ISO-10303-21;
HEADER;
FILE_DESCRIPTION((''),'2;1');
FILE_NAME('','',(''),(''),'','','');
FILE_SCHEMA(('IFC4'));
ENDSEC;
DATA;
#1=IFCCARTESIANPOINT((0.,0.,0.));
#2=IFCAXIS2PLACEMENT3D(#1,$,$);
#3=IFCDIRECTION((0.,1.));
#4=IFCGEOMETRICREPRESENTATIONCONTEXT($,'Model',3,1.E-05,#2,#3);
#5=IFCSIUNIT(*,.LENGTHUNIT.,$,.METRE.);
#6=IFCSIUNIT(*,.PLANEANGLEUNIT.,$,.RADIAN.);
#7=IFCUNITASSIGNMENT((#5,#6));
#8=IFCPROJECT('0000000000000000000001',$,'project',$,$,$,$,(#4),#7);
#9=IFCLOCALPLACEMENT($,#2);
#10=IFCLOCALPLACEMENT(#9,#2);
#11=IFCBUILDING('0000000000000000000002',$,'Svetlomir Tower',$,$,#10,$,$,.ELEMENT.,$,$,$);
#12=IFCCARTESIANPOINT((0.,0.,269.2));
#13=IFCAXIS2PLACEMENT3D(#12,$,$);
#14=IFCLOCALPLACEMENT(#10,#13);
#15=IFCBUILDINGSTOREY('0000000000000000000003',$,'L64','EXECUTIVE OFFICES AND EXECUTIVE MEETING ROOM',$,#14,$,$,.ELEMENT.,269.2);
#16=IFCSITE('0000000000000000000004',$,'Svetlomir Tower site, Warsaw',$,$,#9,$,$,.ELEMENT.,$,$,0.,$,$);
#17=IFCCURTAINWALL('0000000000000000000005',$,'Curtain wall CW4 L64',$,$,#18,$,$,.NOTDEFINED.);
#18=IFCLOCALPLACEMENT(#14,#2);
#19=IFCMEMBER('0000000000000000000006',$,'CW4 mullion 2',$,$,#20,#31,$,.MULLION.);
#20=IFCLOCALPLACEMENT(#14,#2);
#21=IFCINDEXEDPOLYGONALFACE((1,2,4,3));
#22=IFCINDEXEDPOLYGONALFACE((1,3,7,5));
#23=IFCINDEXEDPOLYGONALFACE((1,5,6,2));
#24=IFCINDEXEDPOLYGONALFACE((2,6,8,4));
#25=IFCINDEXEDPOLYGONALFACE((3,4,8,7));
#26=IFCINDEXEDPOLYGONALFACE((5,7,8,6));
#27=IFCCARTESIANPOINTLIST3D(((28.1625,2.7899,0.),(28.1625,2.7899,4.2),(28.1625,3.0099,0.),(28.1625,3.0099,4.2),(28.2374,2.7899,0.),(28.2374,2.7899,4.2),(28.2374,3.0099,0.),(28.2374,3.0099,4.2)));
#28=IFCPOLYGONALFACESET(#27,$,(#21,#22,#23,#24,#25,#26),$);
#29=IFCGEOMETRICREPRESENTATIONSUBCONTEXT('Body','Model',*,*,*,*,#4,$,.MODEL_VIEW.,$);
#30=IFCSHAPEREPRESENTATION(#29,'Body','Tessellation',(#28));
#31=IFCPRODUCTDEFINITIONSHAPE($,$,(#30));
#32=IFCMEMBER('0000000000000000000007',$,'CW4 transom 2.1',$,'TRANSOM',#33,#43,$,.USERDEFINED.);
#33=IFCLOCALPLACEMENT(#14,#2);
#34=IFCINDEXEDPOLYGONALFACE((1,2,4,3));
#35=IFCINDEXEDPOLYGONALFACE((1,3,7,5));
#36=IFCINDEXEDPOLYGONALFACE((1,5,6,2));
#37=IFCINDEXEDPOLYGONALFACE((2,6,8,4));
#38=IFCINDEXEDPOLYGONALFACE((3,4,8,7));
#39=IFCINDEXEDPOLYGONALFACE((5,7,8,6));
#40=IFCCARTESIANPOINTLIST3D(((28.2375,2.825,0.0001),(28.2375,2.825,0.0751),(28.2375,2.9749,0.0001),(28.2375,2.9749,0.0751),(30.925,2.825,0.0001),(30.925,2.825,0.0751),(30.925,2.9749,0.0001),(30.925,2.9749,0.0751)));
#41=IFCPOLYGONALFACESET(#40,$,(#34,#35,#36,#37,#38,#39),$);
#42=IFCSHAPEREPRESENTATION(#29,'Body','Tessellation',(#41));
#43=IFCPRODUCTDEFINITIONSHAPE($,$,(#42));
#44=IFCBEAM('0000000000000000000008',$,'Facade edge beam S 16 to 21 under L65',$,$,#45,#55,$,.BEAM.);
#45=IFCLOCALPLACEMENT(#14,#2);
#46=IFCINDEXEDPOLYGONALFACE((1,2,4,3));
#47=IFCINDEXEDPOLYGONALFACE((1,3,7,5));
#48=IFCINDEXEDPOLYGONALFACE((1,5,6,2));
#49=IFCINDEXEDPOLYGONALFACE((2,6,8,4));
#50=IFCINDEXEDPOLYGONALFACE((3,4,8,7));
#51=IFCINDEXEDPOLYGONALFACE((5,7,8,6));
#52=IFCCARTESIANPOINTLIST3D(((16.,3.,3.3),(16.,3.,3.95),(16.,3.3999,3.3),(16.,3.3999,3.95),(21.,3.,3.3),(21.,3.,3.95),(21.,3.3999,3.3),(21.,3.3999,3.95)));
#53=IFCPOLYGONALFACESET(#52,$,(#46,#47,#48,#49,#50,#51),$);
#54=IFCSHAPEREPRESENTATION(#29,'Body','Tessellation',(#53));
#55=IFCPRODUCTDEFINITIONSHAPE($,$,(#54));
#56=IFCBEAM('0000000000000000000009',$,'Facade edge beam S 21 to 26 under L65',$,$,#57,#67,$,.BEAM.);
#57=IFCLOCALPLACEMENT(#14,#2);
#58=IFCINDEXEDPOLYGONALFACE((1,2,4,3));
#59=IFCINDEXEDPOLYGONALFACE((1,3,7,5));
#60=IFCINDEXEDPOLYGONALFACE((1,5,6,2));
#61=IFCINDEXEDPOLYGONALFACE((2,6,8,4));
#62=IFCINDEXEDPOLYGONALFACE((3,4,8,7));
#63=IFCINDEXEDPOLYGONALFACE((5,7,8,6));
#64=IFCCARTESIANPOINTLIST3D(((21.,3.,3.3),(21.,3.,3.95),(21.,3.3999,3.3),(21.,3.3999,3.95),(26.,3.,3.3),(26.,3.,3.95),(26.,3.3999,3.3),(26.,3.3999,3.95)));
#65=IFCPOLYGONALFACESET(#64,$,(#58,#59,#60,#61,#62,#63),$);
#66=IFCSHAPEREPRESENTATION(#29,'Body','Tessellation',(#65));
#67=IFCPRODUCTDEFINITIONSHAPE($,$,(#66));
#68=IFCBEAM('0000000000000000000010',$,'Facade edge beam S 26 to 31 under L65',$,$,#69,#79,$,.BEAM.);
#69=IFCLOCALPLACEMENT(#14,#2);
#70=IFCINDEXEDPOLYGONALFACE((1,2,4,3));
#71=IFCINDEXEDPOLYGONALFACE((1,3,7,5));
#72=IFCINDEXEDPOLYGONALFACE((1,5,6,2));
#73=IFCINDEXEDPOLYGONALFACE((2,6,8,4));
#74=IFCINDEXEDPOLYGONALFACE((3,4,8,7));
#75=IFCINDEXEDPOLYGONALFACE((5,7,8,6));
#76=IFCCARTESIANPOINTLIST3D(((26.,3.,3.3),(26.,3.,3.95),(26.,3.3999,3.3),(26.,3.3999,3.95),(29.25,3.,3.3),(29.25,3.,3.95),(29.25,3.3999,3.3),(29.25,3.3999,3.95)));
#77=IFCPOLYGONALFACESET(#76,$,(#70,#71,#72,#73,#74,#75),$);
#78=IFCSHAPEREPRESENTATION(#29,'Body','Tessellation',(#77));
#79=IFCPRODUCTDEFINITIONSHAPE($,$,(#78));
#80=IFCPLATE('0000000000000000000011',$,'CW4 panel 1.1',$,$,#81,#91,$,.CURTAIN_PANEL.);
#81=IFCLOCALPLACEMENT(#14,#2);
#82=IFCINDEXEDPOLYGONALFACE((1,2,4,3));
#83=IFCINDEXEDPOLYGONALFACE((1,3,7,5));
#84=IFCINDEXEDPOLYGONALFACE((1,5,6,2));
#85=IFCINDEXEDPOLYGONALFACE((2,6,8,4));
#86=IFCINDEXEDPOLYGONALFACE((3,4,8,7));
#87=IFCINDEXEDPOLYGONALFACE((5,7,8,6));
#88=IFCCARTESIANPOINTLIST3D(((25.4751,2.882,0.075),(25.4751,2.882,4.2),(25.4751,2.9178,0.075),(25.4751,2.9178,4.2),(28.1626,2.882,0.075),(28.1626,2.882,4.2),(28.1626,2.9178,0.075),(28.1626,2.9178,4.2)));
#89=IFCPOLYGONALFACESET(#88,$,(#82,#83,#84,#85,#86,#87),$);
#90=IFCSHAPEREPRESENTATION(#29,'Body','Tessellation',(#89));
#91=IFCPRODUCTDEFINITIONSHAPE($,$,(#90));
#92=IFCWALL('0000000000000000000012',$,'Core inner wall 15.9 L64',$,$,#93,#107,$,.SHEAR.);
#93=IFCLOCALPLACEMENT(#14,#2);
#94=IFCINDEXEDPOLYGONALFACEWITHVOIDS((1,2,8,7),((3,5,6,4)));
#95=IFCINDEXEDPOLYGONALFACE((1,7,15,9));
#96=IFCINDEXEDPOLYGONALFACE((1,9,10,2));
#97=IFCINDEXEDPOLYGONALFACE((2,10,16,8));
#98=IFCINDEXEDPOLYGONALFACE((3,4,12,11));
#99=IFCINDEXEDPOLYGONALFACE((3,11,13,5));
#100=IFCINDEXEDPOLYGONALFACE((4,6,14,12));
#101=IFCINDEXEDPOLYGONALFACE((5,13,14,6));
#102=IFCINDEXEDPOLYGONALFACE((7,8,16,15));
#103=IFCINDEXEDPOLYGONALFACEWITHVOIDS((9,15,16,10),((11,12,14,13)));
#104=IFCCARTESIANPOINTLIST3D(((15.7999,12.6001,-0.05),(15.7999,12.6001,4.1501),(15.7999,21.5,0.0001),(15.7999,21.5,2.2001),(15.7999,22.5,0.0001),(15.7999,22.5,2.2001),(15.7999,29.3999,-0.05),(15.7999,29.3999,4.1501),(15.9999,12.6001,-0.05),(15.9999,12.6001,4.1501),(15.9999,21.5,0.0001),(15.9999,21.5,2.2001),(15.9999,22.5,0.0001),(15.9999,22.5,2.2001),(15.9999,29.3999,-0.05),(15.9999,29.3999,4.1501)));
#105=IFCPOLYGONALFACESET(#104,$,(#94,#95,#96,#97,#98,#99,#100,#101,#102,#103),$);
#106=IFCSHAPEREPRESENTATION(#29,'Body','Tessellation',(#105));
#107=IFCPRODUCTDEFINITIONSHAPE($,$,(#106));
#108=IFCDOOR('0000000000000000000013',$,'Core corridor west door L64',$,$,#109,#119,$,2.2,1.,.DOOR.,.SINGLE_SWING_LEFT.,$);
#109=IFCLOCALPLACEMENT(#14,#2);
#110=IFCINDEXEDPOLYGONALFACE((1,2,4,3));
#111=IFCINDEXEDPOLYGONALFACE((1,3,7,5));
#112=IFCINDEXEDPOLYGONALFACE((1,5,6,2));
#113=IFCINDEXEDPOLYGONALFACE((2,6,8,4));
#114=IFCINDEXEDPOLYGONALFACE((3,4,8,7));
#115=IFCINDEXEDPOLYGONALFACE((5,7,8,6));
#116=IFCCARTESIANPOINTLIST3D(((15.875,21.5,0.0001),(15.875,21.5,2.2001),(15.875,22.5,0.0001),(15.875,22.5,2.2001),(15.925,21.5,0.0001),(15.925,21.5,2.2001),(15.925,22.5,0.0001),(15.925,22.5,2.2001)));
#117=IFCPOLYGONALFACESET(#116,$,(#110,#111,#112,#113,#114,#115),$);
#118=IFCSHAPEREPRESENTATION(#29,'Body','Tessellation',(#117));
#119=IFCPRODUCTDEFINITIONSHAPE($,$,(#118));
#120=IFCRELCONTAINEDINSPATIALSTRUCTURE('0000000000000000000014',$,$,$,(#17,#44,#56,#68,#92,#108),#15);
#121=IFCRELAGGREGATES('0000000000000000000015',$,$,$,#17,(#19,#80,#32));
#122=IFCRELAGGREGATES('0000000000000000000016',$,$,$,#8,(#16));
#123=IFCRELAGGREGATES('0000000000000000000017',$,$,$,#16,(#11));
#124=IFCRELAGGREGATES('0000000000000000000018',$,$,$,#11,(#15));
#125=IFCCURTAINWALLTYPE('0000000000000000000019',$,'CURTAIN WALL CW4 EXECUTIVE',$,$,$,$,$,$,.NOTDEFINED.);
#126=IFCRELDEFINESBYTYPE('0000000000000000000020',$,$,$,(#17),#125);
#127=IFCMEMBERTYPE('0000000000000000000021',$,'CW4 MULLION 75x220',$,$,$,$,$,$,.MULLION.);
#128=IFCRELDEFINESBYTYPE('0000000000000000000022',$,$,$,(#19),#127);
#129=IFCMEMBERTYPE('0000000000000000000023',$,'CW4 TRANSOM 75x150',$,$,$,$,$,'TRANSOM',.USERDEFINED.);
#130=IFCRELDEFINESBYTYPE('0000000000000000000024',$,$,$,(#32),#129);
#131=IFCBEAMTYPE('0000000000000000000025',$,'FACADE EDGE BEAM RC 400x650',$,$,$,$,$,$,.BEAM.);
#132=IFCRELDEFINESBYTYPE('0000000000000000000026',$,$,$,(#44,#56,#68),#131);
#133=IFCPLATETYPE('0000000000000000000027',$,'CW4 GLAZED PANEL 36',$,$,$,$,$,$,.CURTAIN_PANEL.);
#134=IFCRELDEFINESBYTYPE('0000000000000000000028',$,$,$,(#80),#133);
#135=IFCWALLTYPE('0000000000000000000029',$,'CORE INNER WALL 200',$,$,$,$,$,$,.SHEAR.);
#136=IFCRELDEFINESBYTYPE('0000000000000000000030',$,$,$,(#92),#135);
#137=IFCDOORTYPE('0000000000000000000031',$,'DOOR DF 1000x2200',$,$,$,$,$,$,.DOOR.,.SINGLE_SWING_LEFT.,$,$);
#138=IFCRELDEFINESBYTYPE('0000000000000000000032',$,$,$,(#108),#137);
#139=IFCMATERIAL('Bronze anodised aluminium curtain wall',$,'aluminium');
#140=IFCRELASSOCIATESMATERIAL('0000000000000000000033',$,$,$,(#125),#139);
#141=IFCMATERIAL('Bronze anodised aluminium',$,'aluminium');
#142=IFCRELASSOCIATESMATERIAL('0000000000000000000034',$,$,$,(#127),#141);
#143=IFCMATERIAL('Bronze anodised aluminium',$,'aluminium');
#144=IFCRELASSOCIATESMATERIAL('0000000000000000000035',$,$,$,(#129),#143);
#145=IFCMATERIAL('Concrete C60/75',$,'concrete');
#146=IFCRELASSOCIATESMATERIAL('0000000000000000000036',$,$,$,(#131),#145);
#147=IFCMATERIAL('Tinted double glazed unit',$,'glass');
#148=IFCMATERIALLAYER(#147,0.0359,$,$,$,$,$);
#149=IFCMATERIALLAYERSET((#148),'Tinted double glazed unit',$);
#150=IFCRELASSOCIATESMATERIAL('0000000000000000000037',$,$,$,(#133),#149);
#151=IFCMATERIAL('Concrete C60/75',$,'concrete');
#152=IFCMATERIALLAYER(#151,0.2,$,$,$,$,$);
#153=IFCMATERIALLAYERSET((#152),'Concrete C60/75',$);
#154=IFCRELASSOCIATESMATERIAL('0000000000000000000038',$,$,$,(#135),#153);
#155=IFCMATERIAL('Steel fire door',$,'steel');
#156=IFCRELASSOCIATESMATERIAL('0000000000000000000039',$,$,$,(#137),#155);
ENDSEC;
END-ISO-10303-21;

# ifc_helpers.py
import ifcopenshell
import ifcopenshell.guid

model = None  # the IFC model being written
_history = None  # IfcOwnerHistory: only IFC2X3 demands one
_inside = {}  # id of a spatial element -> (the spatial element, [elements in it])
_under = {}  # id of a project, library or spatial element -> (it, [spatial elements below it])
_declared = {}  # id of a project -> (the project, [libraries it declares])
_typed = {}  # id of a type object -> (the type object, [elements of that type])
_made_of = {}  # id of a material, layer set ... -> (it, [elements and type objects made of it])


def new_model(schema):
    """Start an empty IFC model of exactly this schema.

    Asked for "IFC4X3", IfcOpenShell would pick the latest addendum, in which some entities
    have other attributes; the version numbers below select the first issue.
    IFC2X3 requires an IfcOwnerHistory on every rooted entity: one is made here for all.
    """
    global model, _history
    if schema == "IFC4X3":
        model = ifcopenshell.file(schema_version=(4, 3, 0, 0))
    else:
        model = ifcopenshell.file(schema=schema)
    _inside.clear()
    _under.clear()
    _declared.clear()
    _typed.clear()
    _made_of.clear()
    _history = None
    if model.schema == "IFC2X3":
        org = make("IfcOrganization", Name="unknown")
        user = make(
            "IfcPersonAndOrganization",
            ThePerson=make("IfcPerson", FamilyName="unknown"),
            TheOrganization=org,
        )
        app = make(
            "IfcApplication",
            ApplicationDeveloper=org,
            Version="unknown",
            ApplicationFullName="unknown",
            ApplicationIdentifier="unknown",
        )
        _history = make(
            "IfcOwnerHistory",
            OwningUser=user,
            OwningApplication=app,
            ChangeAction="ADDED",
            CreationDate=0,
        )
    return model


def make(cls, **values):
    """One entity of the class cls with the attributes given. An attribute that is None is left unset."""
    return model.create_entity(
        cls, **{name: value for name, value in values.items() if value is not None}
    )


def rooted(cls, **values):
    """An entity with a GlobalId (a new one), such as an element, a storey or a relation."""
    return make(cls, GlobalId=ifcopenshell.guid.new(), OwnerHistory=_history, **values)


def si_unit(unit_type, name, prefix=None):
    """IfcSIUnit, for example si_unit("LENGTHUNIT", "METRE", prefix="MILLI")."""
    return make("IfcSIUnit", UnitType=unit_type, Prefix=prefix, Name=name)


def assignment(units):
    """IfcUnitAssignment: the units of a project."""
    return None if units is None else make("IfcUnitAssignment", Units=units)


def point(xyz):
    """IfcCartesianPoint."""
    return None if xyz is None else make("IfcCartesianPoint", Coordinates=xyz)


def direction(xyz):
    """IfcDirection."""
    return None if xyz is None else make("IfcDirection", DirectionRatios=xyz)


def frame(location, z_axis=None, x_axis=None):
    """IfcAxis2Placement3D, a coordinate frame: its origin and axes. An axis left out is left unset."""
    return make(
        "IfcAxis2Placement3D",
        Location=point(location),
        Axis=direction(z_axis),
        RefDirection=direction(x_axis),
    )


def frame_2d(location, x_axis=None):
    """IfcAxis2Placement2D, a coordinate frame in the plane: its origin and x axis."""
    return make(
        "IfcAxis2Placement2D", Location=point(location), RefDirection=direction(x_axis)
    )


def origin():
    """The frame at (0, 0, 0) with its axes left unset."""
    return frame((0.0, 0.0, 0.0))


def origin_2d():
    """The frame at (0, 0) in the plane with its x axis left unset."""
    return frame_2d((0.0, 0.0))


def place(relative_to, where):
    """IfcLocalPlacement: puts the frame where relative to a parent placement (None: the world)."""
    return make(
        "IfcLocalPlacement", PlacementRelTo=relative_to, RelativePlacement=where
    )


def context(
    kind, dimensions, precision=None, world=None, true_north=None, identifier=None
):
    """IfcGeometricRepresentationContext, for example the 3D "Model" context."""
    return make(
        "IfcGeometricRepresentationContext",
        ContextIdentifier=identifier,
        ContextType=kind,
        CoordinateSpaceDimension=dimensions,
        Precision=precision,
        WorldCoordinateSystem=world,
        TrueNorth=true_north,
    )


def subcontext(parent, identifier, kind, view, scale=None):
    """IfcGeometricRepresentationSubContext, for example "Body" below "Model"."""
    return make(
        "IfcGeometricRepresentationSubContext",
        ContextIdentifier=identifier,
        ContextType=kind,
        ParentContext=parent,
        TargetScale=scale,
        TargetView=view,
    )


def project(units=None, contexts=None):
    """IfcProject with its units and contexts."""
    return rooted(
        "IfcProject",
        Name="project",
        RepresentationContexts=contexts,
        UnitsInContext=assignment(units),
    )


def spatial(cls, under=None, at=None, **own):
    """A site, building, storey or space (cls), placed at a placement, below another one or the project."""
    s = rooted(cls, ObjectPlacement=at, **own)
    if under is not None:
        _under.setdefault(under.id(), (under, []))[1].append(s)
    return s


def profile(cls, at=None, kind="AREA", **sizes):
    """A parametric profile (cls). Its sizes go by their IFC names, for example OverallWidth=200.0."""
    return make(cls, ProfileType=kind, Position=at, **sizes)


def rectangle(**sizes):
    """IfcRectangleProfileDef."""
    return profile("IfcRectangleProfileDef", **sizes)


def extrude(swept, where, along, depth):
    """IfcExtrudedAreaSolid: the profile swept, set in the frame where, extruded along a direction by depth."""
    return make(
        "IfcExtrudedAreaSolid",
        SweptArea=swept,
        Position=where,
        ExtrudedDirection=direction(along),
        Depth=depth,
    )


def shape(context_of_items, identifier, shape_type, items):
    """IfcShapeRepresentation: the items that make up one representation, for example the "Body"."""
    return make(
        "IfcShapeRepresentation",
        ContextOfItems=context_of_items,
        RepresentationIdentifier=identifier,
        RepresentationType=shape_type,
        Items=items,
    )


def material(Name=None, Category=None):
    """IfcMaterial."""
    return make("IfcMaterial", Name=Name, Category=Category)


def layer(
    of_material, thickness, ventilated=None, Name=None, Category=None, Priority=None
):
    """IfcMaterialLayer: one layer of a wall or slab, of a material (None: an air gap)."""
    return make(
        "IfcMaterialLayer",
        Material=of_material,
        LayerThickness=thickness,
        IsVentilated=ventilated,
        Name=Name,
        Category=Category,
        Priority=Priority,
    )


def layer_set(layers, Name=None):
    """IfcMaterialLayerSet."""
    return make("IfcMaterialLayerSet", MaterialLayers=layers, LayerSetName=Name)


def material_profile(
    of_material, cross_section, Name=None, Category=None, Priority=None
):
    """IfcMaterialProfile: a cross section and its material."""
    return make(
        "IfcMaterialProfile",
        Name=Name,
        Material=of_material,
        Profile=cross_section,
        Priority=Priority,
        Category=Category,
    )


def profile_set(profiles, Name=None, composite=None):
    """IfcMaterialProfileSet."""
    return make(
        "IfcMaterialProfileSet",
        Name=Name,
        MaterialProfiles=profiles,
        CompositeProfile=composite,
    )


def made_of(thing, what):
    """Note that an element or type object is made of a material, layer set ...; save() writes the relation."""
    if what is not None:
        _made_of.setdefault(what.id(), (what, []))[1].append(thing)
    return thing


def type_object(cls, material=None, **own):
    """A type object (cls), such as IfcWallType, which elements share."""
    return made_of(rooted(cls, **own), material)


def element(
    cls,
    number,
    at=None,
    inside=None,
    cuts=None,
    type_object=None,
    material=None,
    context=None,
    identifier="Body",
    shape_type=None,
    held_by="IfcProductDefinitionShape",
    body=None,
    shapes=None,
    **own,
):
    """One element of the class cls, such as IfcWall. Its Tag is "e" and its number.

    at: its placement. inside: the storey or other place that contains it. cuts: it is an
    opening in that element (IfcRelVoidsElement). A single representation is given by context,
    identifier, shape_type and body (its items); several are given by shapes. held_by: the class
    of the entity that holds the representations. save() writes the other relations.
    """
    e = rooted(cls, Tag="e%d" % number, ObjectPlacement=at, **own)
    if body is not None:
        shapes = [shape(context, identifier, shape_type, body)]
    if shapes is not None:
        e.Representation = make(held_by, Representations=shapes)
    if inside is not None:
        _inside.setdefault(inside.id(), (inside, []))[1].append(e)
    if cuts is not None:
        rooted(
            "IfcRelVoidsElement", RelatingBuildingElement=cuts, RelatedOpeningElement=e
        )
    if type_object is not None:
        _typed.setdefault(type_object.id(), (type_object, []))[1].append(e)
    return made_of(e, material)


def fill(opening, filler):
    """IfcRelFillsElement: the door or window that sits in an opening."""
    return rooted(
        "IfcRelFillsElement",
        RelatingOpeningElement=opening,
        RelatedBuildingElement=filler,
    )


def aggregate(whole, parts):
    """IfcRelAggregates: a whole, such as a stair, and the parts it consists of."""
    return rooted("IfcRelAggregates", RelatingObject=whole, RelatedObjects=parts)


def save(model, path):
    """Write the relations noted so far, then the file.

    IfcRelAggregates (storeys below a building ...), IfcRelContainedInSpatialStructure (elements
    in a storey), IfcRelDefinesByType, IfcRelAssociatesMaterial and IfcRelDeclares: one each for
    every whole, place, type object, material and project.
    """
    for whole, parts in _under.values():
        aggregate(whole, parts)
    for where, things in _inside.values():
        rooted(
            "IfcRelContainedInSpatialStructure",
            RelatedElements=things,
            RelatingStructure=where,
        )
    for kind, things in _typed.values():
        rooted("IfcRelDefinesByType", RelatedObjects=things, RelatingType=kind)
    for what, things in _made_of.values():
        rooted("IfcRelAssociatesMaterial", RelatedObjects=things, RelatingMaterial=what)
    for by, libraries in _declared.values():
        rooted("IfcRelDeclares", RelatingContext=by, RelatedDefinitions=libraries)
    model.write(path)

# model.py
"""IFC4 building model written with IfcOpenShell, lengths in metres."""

from ifc_helpers import new_model, si_unit, direction, frame, frame_2d, origin, origin_2d, place, context, subcontext, project, spatial, rectangle, extrude, material, layer, layer_set, material_profile, profile_set, type_object, element, fill, aggregate, save


model = new_model("IFC4")

# Units and contexts
model_context = context("Model", 3, precision=1e-05, world=origin(), true_north=direction((0.0, 1.0)))
body_context = subcontext(model_context, "Body", "Model", "MODEL_VIEW")
ifc_project = project(units=[si_unit("LENGTHUNIT", "METRE"), si_unit("PLANEANGLEUNIT", "RADIAN")], contexts=[model_context])

# Site, building, storey
site_placement = place(None, origin())
site = spatial("IfcSite", under=ifc_project, at=site_placement, Name="Svetlomir Tower site, Warsaw", CompositionType="ELEMENT", RefElevation=0.0)
building_placement = place(site_placement, origin())
building = spatial("IfcBuilding", under=site, at=building_placement, Name="Svetlomir Tower", CompositionType="ELEMENT")
storey_placement = place(building_placement, frame((0.0, 0.0, 269.2)))
storey = spatial("IfcBuildingStorey", under=building, at=storey_placement, Name="L64", Description="EXECUTIVE OFFICES AND EXECUTIVE MEETING ROOM", CompositionType="ELEMENT", Elevation=269.2)

# Curtain wall, members
ifc_material_1 = material(Name="Bronze anodised aluminium curtain wall", Category="aluminium")
curtain_wall_type = type_object("IfcCurtainWallType", Name="CURTAIN WALL CW4 EXECUTIVE", PredefinedType="NOTDEFINED", material=ifc_material_1)
curtain_wall_placement = place(storey_placement, origin())
curtain_wall = element("IfcCurtainWall", 1, at=curtain_wall_placement, inside=storey, type_object=curtain_wall_type, Name="Curtain wall CW4 L64", PredefinedType="NOTDEFINED")
ifc_material_2 = material(Name="Bronze anodised aluminium", Category="aluminium")
ifc_material_profile_1 = material_profile(ifc_material_2, rectangle(XDim=0.075, YDim=0.22, at=origin_2d()), Name="AL 75x220")
ifc_profile_set_1 = profile_set([ifc_material_profile_1], Name="Bronze anodised aluminium 6063-T6")
member_type_1 = type_object("IfcMemberType", Name="CW4 MULLION 75x220", PredefinedType="MULLION", material=ifc_profile_set_1)
member_1_placement = place(storey_placement, frame((28.2, 2.8999, 0.0), z_axis=(0.0, 0.0, 1.0), x_axis=(1.0, 0.0, 0.0)))
member_1 = element("IfcMember", 2, at=member_1_placement, type_object=member_type_1, Name="CW4 mullion 2", PredefinedType="MULLION", context=body_context, shape_type="SweptSolid", body=[
    extrude(rectangle(XDim=0.075, YDim=0.22, at=origin_2d()), origin(), (0.0, 0.0, 1.0), 4.2),
])
ifc_material_3 = material(Name="Bronze anodised aluminium", Category="aluminium")
ifc_material_profile_2 = material_profile(ifc_material_3, rectangle(XDim=0.1499, YDim=0.075, at=origin_2d()), Name="AL 150x75")
ifc_profile_set_2 = profile_set([ifc_material_profile_2], Name="Bronze anodised aluminium 6063-T6")
member_type_2 = type_object("IfcMemberType", Name="CW4 TRANSOM 75x150", ElementType="TRANSOM", PredefinedType="USERDEFINED", material=ifc_profile_set_2)
member_2_placement = place(storey_placement, frame((28.2375, 2.8999, 0.0376), z_axis=(1.0, 0.0, 0.0), x_axis=(0.0, 1.0, 0.0)))
member_2 = element("IfcMember", 3, at=member_2_placement, type_object=member_type_2, Name="CW4 transom 2.1", ObjectType="TRANSOM", PredefinedType="USERDEFINED", context=body_context, shape_type="SweptSolid", body=[
    extrude(rectangle(XDim=0.1499, YDim=0.075, at=origin_2d()), origin(), (0.0, 0.0, 1.0), 2.6875),
])

# Beams
ifc_material_4 = material(Name="Concrete C60/75", Category="concrete")
ifc_material_profile_3 = material_profile(ifc_material_4, rectangle(XDim=0.3999, YDim=0.6499, at=origin_2d()), Name="RC 400x650")
ifc_profile_set_3 = profile_set([ifc_material_profile_3], Name="Concrete C60/75")
beam_type = type_object("IfcBeamType", Name="FACADE EDGE BEAM RC 400x650", PredefinedType="BEAM", material=ifc_profile_set_3)
for number, where, z_axis, x_axis, name in (
    (4, (16.0, 3.2, 3.625), (1.0, 0.0, 0.0), (0.0, 1.0, 0.0), "Facade edge beam S 16 to 21 under L65"),
    (5, (21.0, 3.2, 3.625), (1.0, 0.0, 0.0), (0.0, 1.0, 0.0), "Facade edge beam S 21 to 26 under L65"),
):
    element("IfcBeam", number, at=place(storey_placement, frame(where, z_axis=z_axis, x_axis=x_axis)), inside=storey, type_object=beam_type, Name=name, PredefinedType="BEAM", context=body_context, shape_type="SweptSolid", body=[
        extrude(rectangle(XDim=0.3999, YDim=0.6499, at=origin_2d()), origin(), (0.0, 0.0, 1.0), 5.0),
    ])
beam_placement = place(storey_placement, frame((26.0, 3.2, 3.625), z_axis=(1.0, 0.0, 0.0), x_axis=(0.0, 1.0, 0.0)))
element("IfcBeam", 6, at=beam_placement, inside=storey, type_object=beam_type, Name="Facade edge beam S 26 to 31 under L65", PredefinedType="BEAM", context=body_context, shape_type="SweptSolid", body=[
    extrude(rectangle(XDim=0.3999, YDim=0.6499, at=origin_2d()), origin(), (0.0, 0.0, 1.0), 3.25),
])

# Plate
ifc_material_5 = material(Name="Tinted double glazed unit", Category="glass")
ifc_layer_1 = layer(ifc_material_5, 0.0359)
ifc_layer_set_1 = layer_set([ifc_layer_1], Name="Tinted double glazed unit")
plate_type = type_object("IfcPlateType", Name="CW4 GLAZED PANEL 36", PredefinedType="CURTAIN_PANEL", material=ifc_layer_set_1)
plate_placement = place(storey_placement, frame((26.8188, 2.8999, 0.075), z_axis=(0.0, 0.0, 1.0), x_axis=(1.0, 0.0, 0.0)))
plate = element("IfcPlate", 7, at=plate_placement, type_object=plate_type, Name="CW4 panel 1.1", PredefinedType="CURTAIN_PANEL", context=body_context, shape_type="SweptSolid", body=[
    extrude(rectangle(XDim=2.6875, YDim=0.0359, at=origin_2d()), origin(), (0.0, 0.0, 1.0), 4.125),
])
aggregate(curtain_wall, [member_1, plate, member_2])

# Wall, opening, door
ifc_material_6 = material(Name="Concrete C60/75", Category="concrete")
ifc_layer_2 = layer(ifc_material_6, 0.2)
ifc_layer_set_2 = layer_set([ifc_layer_2], Name="Concrete C60/75")
wall_type_1 = type_object("IfcWallType", Name="CORE INNER WALL 200", PredefinedType="SHEAR", material=ifc_layer_set_2)
wall_1_placement = place(storey_placement, frame((15.8999, 12.6001, -0.05), z_axis=(0.0, 0.0, 1.0), x_axis=(0.0, 1.0, 0.0)))
wall_1 = element("IfcWall", 8, at=wall_1_placement, inside=storey, type_object=wall_type_1, Name="Core inner wall 15.9 L64", PredefinedType="SHEAR", context=body_context, shape_type="SweptSolid", body=[
    extrude(rectangle(XDim=16.7998, YDim=0.2, at=frame_2d((8.3999, 0.0))), origin(), (0.0, 0.0, 1.0), 4.2002),
])
opening_1_placement = place(wall_1_placement, frame((8.8999, 0.0, 0.05)))
opening_1 = element("IfcOpeningElement", 9, at=opening_1_placement, cuts=wall_1, PredefinedType="OPENING", context=body_context, shape_type="SweptSolid", body=[
    extrude(rectangle(XDim=1.0, YDim=2.2, at=frame_2d((0.5, 1.1001))), frame((0.0, 0.1099, 0.0), z_axis=(0.0, -1.0, 0.0), x_axis=(1.0, 0.0, 0.0)), (0.0, 0.0, 1.0), 0.22),
])
ifc_material_7 = material(Name="Steel fire door", Category="steel")
door_type_1 = type_object("IfcDoorType", Name="DOOR DF 1000x2200", OperationType="SINGLE_SWING_LEFT", PredefinedType="DOOR", material=ifc_material_7)
door_1_placement = place(opening_1_placement, origin())
door_1 = element("IfcDoor", 10, at=door_1_placement, inside=storey, type_object=door_type_1, Name="Core corridor west door L64", OperationType="SINGLE_SWING_LEFT", OverallHeight=2.2, OverallWidth=1.0, PredefinedType="DOOR", context=body_context, shape_type="SweptSolid", body=[
    extrude(rectangle(XDim=1.0, YDim=2.2, at=frame_2d((0.5, 1.1001))), frame((0.0, 0.0249, 0.0), z_axis=(0.0, -1.0, 0.0), x_axis=(1.0, 0.0, 0.0)), (0.0, 0.0, 1.0), 0.05),
])
fill(opening_1, door_1)

save(model, "model.ifc")
